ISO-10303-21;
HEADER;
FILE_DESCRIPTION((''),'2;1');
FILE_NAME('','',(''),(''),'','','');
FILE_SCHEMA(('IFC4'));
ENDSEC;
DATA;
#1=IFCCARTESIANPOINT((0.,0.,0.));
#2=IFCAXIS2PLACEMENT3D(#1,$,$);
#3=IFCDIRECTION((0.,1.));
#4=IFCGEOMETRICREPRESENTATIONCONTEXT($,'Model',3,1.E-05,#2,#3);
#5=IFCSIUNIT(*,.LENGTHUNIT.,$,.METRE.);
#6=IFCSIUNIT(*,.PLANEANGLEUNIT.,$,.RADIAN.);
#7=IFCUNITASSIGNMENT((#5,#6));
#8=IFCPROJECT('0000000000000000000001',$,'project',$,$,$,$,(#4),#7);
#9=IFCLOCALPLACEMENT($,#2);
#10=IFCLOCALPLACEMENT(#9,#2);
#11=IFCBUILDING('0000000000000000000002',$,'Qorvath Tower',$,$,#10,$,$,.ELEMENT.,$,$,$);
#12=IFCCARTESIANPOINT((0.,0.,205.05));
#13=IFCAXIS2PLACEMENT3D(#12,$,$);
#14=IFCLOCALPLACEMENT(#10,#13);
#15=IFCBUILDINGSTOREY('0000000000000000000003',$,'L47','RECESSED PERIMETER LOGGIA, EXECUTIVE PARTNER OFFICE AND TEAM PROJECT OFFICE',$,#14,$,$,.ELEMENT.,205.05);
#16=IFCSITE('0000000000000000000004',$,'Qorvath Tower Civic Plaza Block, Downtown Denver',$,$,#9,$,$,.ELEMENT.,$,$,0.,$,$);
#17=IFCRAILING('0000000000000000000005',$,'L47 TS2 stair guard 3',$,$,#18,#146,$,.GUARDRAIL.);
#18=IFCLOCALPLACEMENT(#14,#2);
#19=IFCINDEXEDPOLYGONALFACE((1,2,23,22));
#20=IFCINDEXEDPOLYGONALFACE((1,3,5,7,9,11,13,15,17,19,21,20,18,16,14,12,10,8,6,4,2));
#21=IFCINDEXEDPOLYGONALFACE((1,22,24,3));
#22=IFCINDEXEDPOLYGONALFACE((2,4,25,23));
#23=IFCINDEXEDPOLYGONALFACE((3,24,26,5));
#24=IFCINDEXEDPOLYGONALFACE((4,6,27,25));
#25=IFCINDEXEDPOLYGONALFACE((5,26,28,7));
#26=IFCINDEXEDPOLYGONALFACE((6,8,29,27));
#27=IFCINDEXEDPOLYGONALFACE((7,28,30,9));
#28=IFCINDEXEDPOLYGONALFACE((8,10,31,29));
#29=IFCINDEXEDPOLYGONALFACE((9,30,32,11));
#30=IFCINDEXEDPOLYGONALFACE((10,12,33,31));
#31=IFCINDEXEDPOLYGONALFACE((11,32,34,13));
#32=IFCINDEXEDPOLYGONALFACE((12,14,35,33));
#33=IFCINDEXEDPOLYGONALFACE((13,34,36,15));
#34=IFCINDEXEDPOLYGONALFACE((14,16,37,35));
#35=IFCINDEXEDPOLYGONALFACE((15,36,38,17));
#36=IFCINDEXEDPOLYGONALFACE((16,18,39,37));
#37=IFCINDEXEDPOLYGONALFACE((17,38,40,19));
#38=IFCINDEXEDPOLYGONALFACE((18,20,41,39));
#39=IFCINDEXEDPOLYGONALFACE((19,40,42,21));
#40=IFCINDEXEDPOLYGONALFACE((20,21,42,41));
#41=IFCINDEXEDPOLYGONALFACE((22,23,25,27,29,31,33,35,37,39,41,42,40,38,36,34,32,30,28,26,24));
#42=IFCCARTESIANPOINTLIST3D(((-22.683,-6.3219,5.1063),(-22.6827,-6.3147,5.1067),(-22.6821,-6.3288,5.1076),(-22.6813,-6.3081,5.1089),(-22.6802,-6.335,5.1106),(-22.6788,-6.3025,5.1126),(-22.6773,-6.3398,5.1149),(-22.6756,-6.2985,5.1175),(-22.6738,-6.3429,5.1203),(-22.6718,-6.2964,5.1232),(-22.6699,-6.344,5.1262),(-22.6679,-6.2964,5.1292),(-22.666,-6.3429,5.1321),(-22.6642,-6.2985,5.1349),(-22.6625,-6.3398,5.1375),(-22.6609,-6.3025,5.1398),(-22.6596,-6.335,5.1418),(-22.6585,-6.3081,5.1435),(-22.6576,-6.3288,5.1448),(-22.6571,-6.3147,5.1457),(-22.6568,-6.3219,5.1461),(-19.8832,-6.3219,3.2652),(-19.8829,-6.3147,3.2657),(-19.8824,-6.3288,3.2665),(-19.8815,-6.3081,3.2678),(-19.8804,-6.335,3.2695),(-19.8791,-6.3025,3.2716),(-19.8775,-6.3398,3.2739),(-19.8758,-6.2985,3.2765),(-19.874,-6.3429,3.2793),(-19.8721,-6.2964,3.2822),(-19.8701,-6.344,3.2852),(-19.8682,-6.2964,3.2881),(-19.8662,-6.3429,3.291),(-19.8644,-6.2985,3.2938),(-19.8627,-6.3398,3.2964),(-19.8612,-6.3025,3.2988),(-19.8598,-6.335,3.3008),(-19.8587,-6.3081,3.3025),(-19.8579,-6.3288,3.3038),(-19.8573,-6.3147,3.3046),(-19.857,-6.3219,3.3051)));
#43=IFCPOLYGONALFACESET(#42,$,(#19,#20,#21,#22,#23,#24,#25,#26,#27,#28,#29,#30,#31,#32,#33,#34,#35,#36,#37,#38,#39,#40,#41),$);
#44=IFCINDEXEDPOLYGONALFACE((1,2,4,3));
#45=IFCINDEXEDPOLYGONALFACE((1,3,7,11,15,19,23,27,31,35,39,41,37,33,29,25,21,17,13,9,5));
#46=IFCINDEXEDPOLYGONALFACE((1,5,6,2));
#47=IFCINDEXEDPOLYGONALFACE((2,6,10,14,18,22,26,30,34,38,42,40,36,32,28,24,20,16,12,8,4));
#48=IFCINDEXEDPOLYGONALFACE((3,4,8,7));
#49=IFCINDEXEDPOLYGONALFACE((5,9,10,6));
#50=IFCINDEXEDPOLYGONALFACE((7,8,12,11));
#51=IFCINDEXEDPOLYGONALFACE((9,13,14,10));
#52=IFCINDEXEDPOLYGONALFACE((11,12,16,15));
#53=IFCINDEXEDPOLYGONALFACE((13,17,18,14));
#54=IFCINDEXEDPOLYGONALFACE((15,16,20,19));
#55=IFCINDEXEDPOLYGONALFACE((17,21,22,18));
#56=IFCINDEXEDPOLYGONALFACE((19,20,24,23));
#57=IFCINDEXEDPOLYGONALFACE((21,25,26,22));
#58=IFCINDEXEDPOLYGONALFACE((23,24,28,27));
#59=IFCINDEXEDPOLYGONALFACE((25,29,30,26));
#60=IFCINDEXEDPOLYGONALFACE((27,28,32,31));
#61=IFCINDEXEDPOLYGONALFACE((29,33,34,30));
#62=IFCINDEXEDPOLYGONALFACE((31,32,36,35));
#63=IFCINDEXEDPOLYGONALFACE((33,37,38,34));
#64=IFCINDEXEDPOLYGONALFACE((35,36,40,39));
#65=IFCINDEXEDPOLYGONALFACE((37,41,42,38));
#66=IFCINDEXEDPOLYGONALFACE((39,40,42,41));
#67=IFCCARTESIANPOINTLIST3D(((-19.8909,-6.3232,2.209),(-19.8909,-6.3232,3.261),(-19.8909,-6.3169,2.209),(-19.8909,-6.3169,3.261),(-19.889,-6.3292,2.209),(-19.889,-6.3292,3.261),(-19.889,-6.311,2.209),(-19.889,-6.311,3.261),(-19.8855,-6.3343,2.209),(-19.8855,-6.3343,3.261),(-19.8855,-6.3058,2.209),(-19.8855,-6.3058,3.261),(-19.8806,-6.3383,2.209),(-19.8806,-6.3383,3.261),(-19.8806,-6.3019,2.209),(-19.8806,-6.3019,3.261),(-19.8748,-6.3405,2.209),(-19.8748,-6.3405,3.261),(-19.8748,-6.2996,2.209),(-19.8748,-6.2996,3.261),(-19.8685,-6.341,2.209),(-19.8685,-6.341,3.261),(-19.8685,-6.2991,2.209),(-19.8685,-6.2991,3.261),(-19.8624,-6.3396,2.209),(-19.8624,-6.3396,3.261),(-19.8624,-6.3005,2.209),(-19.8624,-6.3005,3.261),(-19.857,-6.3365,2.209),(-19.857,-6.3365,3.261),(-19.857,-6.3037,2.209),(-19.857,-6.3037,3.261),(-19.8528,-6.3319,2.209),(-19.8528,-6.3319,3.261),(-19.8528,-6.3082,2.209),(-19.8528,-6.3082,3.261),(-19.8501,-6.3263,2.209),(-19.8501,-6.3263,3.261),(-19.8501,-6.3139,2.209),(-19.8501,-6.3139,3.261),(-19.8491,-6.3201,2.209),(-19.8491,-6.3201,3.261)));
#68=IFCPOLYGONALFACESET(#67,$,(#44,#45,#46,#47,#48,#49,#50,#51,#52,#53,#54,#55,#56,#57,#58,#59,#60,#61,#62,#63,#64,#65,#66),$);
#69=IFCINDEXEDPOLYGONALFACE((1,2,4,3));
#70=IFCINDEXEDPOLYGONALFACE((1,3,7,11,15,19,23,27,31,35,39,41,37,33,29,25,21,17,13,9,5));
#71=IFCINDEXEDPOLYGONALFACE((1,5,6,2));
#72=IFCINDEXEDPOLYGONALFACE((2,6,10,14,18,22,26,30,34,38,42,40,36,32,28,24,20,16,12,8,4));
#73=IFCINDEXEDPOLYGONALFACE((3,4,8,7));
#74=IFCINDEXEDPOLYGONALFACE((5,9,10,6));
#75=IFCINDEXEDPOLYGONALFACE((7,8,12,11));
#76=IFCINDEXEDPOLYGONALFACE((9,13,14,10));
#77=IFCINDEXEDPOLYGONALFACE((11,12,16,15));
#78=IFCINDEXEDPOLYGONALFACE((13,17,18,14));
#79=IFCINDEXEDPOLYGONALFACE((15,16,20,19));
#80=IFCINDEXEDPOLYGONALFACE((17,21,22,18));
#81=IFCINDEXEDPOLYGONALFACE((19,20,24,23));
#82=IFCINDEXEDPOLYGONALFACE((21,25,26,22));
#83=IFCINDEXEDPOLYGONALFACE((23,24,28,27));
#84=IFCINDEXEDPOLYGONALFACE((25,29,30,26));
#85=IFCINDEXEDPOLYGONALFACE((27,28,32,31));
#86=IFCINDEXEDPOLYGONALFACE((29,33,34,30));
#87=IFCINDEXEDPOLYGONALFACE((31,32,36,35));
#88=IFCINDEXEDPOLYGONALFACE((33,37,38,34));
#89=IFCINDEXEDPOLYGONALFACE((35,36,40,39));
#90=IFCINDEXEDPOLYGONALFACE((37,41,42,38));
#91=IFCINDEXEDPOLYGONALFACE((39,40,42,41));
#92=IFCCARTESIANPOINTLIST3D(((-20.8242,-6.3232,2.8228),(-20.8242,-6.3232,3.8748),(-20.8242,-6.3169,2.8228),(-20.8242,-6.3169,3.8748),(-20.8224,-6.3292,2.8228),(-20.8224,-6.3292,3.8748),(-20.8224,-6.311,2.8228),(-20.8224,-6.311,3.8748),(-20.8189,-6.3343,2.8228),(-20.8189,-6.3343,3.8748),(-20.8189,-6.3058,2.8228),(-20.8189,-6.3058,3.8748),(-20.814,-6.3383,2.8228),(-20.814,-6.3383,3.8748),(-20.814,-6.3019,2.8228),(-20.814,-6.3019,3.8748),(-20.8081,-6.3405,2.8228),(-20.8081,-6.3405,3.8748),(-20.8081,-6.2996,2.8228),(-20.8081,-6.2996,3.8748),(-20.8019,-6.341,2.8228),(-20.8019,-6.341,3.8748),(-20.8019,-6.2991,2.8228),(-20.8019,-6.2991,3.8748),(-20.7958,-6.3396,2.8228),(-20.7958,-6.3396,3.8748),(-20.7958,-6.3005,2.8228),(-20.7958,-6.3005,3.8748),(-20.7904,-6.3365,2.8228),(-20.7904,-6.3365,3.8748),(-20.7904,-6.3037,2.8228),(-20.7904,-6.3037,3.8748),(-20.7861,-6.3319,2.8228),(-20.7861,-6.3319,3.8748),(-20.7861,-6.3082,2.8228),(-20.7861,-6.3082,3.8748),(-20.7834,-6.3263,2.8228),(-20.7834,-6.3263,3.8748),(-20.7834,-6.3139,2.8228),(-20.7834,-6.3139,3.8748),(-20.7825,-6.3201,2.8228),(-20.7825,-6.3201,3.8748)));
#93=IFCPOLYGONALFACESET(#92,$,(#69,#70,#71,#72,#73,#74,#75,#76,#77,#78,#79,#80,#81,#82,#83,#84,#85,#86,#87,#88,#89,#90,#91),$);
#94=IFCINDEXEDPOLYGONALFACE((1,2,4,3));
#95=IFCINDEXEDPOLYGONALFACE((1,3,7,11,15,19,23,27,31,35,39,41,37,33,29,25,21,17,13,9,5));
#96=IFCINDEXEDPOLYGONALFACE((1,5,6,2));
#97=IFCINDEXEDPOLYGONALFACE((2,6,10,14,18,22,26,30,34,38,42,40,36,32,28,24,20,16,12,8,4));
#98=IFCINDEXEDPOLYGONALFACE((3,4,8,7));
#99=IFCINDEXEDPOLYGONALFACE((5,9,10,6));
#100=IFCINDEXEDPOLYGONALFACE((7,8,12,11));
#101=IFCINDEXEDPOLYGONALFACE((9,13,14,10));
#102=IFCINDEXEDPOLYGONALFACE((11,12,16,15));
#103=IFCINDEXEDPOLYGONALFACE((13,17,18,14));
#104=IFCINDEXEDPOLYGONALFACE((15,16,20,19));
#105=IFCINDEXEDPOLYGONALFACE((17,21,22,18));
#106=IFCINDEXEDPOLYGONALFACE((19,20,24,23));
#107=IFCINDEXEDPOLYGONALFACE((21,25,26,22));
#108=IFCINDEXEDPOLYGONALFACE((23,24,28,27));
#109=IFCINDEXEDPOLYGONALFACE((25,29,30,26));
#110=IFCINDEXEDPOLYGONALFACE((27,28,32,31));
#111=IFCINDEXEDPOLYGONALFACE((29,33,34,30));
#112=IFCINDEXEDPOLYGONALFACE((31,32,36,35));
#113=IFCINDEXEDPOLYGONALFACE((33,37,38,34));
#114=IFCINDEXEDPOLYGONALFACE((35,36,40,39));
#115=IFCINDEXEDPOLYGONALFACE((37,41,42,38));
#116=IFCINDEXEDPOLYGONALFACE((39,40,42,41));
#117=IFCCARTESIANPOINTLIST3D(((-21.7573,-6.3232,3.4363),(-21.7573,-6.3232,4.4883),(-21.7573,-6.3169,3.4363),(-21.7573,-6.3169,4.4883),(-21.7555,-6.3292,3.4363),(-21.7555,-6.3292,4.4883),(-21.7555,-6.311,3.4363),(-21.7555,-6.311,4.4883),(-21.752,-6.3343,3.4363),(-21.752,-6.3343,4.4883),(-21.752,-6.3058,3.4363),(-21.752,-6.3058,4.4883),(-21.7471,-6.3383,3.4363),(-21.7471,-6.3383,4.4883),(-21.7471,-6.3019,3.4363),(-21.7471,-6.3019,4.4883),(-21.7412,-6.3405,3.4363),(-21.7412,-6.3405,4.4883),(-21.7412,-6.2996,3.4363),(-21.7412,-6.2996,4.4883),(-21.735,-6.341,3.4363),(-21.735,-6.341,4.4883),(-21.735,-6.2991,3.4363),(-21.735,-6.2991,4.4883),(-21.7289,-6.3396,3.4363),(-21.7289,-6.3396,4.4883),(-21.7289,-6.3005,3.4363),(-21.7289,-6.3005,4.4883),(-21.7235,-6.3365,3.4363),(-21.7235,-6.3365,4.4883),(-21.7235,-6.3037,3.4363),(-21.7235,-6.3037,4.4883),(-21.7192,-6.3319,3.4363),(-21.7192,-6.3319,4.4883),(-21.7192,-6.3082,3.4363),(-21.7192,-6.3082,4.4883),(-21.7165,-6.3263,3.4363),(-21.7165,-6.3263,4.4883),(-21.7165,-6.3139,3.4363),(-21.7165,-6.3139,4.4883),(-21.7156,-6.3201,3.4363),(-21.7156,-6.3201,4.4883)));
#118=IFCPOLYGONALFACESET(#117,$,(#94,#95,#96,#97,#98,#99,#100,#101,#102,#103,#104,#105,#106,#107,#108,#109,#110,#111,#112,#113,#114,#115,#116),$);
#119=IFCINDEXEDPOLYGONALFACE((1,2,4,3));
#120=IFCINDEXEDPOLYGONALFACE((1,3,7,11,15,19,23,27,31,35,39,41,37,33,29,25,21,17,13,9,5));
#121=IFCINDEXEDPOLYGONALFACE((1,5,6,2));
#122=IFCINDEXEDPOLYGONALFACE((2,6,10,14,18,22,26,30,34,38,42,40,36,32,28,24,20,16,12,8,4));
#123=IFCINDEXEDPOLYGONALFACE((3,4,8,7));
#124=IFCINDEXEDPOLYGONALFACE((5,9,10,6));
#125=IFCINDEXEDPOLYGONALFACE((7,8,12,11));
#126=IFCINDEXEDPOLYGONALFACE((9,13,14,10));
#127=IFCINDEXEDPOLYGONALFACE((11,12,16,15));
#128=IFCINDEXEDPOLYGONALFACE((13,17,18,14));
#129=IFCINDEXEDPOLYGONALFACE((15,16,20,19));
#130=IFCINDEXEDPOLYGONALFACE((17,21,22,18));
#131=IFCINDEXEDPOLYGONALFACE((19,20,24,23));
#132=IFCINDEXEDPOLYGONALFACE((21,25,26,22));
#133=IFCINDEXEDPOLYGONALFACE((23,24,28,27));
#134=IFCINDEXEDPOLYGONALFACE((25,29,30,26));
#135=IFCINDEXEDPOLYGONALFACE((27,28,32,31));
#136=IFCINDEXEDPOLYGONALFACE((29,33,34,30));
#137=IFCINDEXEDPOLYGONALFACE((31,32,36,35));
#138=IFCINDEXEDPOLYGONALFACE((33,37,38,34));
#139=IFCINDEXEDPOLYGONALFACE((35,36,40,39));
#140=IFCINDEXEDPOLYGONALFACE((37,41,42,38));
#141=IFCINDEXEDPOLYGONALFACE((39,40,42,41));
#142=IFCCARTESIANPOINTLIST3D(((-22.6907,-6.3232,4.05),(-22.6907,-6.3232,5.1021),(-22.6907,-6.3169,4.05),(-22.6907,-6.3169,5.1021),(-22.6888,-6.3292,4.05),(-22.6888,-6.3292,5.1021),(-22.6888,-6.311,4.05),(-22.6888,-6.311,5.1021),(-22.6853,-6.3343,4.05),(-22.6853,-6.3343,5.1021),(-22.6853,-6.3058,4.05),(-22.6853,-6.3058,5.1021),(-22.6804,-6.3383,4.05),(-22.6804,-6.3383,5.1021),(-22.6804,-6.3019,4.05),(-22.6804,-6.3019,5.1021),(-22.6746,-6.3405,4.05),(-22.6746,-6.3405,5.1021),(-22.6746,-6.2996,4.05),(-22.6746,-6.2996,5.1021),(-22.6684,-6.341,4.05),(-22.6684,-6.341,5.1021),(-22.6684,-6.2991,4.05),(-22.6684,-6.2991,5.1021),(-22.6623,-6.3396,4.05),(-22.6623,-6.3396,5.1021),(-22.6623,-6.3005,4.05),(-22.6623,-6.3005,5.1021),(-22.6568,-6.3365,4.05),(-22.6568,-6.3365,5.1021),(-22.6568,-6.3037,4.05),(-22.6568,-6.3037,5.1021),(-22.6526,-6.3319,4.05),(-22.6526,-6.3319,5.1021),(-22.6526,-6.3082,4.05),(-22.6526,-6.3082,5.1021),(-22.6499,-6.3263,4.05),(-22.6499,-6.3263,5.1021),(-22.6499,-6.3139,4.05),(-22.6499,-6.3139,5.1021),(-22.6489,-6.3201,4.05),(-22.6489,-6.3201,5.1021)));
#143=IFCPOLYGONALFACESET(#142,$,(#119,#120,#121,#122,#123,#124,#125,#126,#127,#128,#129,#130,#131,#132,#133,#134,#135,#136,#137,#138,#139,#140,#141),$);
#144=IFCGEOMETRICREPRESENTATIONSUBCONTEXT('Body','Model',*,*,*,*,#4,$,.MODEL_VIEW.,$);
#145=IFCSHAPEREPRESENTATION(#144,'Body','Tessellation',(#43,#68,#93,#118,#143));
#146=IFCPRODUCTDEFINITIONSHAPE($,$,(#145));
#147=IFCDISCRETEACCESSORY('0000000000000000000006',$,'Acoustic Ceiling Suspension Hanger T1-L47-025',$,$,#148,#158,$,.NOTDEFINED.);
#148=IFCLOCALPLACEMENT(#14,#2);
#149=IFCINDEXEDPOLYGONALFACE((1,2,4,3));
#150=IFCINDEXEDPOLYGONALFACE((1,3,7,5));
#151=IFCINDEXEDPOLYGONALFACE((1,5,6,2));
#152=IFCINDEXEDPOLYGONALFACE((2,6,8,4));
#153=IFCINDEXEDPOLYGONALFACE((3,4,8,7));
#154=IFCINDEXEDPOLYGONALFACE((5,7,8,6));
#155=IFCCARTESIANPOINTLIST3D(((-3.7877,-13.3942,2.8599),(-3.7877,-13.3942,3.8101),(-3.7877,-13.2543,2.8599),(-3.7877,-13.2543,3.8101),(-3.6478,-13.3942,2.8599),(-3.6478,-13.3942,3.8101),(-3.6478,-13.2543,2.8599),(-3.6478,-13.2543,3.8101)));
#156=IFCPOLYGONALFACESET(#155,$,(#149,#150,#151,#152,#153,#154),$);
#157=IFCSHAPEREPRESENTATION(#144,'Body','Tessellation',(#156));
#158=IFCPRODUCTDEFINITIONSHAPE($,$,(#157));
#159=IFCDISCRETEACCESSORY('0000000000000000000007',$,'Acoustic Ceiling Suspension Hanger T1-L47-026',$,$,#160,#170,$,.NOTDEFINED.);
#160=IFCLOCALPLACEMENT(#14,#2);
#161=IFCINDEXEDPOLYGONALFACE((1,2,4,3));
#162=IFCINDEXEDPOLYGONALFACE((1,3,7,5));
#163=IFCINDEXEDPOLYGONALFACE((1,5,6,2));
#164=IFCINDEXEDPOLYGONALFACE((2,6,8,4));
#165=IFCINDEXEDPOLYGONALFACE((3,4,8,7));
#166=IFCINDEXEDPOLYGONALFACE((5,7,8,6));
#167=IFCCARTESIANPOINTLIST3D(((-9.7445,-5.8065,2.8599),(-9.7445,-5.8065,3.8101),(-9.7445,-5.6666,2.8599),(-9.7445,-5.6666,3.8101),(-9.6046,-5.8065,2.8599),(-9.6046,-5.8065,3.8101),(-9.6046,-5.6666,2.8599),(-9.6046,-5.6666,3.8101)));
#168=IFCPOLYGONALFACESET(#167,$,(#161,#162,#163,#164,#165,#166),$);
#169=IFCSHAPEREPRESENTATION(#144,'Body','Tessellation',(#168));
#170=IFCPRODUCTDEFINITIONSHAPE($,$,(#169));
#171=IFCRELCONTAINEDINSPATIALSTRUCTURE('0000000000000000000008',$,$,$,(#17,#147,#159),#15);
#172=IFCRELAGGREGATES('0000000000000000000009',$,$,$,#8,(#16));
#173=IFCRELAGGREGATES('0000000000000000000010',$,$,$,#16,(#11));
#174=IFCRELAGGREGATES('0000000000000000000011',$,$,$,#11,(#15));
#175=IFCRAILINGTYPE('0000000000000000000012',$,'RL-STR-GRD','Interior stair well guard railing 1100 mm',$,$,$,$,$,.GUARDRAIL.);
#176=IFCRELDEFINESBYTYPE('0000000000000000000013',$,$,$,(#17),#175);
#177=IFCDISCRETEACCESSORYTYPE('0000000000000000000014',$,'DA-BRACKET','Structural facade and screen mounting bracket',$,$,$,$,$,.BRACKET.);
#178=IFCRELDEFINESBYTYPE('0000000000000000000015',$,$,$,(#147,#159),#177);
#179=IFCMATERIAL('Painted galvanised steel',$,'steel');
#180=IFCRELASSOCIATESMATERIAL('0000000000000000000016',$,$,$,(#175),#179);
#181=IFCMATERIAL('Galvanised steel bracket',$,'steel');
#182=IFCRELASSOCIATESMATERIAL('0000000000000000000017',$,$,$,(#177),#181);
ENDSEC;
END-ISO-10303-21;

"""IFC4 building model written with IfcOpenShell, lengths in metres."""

from ifc_helpers import new_model, si_unit, direction, frame, origin, origin_2d, place, context, subcontext, project, spatial, rectangle, circle, extrude, material, type_object, element, save


model = new_model("IFC4")

# Units and contexts
model_context = context("Model", 3, precision=1e-05, world=origin(), true_north=direction((0.0, 1.0)))
body_context = subcontext(model_context, "Body", "Model", "MODEL_VIEW")
ifc_project = project(units=[si_unit("LENGTHUNIT", "METRE"), si_unit("PLANEANGLEUNIT", "RADIAN")], contexts=[model_context])

# Site, building, storey
site_placement = place(None, origin())
site = spatial("IfcSite", under=ifc_project, at=site_placement, Name="Qorvath Tower Civic Plaza Block, Downtown Denver", CompositionType="ELEMENT", RefElevation=0.0)
building_placement = place(site_placement, origin())
building = spatial("IfcBuilding", under=site, at=building_placement, Name="Qorvath Tower", CompositionType="ELEMENT")
storey_placement = place(building_placement, frame((0.0, 0.0, 205.05)))
storey = spatial("IfcBuildingStorey", under=building, at=storey_placement, Name="L47", Description="RECESSED PERIMETER LOGGIA, EXECUTIVE PARTNER OFFICE AND TEAM PROJECT OFFICE", CompositionType="ELEMENT", Elevation=205.05)

# Railing
ifc_material_1 = material(Name="Painted galvanised steel", Category="steel")
railing_type = type_object("IfcRailingType", Name="RL-STR-GRD", Description="Interior stair well guard railing 1100 mm", PredefinedType="GUARDRAIL", material=ifc_material_1)
railing_1_placement = place(storey_placement, frame((-19.8701, -6.3201, 2.209)))
element("IfcRailing", 1, at=railing_1_placement, inside=storey, type_object=railing_type, Name="L47 TS2 stair guard 3", PredefinedType="GUARDRAIL", context=body_context, shape_type="SweptSolid", body=[
    extrude(circle(Radius=0.0239, at=origin_2d()), frame((0.0, 0.0, 1.0762), z_axis=(-0.835542, 0.0, 0.549426), x_axis=(0.0, -1.0, 0.0)), (0.0, 0.0, 1.0), 3.3508),
    extrude(circle(Radius=0.021, at=origin_2d()), origin(), (0.0, 0.0, 1.0), 1.052),
    extrude(circle(Radius=0.021, at=origin_2d()), frame((-0.9333, 0.0, 0.6138)), (0.0, 0.0, 1.0), 1.052),
    extrude(circle(Radius=0.021, at=origin_2d()), frame((-1.8665, 0.0, 1.2273)), (0.0, 0.0, 1.0), 1.052),
    extrude(circle(Radius=0.021, at=origin_2d()), frame((-2.7998, 0.0, 1.8411)), (0.0, 0.0, 1.0), 1.052),
])

# Discrete accessories
ifc_material_2 = material(Name="Galvanised steel bracket", Category="steel")
discrete_accessory_type = type_object("IfcDiscreteAccessoryType", Name="DA-BRACKET", Description="Structural facade and screen mounting bracket", PredefinedType="BRACKET", material=ifc_material_2)
for number, where, z_axis, x_axis, name in (
    (2, (-3.7178, -13.3242, 2.8599), (0.0, 0.0, 1.0), (1.0, 0.0, 0.0), "Acoustic Ceiling Suspension Hanger T1-L47-025"),
    (3, (-9.6746, -5.7366, 2.8599), (0.0, 0.0, 1.0), (1.0, 0.0, 0.0), "Acoustic Ceiling Suspension Hanger T1-L47-026"),
):
    element("IfcDiscreteAccessory", number, at=place(storey_placement, frame(where, z_axis=z_axis, x_axis=x_axis)), inside=storey, type_object=discrete_accessory_type, Name=name, PredefinedType="NOTDEFINED", context=body_context, shape_type="SweptSolid", body=[
        extrude(rectangle(XDim=0.1399, YDim=0.1399, at=origin_2d()), origin(), (0.0, 0.0, 1.0), 0.9502),
    ])

save(model, "model.ifc")
